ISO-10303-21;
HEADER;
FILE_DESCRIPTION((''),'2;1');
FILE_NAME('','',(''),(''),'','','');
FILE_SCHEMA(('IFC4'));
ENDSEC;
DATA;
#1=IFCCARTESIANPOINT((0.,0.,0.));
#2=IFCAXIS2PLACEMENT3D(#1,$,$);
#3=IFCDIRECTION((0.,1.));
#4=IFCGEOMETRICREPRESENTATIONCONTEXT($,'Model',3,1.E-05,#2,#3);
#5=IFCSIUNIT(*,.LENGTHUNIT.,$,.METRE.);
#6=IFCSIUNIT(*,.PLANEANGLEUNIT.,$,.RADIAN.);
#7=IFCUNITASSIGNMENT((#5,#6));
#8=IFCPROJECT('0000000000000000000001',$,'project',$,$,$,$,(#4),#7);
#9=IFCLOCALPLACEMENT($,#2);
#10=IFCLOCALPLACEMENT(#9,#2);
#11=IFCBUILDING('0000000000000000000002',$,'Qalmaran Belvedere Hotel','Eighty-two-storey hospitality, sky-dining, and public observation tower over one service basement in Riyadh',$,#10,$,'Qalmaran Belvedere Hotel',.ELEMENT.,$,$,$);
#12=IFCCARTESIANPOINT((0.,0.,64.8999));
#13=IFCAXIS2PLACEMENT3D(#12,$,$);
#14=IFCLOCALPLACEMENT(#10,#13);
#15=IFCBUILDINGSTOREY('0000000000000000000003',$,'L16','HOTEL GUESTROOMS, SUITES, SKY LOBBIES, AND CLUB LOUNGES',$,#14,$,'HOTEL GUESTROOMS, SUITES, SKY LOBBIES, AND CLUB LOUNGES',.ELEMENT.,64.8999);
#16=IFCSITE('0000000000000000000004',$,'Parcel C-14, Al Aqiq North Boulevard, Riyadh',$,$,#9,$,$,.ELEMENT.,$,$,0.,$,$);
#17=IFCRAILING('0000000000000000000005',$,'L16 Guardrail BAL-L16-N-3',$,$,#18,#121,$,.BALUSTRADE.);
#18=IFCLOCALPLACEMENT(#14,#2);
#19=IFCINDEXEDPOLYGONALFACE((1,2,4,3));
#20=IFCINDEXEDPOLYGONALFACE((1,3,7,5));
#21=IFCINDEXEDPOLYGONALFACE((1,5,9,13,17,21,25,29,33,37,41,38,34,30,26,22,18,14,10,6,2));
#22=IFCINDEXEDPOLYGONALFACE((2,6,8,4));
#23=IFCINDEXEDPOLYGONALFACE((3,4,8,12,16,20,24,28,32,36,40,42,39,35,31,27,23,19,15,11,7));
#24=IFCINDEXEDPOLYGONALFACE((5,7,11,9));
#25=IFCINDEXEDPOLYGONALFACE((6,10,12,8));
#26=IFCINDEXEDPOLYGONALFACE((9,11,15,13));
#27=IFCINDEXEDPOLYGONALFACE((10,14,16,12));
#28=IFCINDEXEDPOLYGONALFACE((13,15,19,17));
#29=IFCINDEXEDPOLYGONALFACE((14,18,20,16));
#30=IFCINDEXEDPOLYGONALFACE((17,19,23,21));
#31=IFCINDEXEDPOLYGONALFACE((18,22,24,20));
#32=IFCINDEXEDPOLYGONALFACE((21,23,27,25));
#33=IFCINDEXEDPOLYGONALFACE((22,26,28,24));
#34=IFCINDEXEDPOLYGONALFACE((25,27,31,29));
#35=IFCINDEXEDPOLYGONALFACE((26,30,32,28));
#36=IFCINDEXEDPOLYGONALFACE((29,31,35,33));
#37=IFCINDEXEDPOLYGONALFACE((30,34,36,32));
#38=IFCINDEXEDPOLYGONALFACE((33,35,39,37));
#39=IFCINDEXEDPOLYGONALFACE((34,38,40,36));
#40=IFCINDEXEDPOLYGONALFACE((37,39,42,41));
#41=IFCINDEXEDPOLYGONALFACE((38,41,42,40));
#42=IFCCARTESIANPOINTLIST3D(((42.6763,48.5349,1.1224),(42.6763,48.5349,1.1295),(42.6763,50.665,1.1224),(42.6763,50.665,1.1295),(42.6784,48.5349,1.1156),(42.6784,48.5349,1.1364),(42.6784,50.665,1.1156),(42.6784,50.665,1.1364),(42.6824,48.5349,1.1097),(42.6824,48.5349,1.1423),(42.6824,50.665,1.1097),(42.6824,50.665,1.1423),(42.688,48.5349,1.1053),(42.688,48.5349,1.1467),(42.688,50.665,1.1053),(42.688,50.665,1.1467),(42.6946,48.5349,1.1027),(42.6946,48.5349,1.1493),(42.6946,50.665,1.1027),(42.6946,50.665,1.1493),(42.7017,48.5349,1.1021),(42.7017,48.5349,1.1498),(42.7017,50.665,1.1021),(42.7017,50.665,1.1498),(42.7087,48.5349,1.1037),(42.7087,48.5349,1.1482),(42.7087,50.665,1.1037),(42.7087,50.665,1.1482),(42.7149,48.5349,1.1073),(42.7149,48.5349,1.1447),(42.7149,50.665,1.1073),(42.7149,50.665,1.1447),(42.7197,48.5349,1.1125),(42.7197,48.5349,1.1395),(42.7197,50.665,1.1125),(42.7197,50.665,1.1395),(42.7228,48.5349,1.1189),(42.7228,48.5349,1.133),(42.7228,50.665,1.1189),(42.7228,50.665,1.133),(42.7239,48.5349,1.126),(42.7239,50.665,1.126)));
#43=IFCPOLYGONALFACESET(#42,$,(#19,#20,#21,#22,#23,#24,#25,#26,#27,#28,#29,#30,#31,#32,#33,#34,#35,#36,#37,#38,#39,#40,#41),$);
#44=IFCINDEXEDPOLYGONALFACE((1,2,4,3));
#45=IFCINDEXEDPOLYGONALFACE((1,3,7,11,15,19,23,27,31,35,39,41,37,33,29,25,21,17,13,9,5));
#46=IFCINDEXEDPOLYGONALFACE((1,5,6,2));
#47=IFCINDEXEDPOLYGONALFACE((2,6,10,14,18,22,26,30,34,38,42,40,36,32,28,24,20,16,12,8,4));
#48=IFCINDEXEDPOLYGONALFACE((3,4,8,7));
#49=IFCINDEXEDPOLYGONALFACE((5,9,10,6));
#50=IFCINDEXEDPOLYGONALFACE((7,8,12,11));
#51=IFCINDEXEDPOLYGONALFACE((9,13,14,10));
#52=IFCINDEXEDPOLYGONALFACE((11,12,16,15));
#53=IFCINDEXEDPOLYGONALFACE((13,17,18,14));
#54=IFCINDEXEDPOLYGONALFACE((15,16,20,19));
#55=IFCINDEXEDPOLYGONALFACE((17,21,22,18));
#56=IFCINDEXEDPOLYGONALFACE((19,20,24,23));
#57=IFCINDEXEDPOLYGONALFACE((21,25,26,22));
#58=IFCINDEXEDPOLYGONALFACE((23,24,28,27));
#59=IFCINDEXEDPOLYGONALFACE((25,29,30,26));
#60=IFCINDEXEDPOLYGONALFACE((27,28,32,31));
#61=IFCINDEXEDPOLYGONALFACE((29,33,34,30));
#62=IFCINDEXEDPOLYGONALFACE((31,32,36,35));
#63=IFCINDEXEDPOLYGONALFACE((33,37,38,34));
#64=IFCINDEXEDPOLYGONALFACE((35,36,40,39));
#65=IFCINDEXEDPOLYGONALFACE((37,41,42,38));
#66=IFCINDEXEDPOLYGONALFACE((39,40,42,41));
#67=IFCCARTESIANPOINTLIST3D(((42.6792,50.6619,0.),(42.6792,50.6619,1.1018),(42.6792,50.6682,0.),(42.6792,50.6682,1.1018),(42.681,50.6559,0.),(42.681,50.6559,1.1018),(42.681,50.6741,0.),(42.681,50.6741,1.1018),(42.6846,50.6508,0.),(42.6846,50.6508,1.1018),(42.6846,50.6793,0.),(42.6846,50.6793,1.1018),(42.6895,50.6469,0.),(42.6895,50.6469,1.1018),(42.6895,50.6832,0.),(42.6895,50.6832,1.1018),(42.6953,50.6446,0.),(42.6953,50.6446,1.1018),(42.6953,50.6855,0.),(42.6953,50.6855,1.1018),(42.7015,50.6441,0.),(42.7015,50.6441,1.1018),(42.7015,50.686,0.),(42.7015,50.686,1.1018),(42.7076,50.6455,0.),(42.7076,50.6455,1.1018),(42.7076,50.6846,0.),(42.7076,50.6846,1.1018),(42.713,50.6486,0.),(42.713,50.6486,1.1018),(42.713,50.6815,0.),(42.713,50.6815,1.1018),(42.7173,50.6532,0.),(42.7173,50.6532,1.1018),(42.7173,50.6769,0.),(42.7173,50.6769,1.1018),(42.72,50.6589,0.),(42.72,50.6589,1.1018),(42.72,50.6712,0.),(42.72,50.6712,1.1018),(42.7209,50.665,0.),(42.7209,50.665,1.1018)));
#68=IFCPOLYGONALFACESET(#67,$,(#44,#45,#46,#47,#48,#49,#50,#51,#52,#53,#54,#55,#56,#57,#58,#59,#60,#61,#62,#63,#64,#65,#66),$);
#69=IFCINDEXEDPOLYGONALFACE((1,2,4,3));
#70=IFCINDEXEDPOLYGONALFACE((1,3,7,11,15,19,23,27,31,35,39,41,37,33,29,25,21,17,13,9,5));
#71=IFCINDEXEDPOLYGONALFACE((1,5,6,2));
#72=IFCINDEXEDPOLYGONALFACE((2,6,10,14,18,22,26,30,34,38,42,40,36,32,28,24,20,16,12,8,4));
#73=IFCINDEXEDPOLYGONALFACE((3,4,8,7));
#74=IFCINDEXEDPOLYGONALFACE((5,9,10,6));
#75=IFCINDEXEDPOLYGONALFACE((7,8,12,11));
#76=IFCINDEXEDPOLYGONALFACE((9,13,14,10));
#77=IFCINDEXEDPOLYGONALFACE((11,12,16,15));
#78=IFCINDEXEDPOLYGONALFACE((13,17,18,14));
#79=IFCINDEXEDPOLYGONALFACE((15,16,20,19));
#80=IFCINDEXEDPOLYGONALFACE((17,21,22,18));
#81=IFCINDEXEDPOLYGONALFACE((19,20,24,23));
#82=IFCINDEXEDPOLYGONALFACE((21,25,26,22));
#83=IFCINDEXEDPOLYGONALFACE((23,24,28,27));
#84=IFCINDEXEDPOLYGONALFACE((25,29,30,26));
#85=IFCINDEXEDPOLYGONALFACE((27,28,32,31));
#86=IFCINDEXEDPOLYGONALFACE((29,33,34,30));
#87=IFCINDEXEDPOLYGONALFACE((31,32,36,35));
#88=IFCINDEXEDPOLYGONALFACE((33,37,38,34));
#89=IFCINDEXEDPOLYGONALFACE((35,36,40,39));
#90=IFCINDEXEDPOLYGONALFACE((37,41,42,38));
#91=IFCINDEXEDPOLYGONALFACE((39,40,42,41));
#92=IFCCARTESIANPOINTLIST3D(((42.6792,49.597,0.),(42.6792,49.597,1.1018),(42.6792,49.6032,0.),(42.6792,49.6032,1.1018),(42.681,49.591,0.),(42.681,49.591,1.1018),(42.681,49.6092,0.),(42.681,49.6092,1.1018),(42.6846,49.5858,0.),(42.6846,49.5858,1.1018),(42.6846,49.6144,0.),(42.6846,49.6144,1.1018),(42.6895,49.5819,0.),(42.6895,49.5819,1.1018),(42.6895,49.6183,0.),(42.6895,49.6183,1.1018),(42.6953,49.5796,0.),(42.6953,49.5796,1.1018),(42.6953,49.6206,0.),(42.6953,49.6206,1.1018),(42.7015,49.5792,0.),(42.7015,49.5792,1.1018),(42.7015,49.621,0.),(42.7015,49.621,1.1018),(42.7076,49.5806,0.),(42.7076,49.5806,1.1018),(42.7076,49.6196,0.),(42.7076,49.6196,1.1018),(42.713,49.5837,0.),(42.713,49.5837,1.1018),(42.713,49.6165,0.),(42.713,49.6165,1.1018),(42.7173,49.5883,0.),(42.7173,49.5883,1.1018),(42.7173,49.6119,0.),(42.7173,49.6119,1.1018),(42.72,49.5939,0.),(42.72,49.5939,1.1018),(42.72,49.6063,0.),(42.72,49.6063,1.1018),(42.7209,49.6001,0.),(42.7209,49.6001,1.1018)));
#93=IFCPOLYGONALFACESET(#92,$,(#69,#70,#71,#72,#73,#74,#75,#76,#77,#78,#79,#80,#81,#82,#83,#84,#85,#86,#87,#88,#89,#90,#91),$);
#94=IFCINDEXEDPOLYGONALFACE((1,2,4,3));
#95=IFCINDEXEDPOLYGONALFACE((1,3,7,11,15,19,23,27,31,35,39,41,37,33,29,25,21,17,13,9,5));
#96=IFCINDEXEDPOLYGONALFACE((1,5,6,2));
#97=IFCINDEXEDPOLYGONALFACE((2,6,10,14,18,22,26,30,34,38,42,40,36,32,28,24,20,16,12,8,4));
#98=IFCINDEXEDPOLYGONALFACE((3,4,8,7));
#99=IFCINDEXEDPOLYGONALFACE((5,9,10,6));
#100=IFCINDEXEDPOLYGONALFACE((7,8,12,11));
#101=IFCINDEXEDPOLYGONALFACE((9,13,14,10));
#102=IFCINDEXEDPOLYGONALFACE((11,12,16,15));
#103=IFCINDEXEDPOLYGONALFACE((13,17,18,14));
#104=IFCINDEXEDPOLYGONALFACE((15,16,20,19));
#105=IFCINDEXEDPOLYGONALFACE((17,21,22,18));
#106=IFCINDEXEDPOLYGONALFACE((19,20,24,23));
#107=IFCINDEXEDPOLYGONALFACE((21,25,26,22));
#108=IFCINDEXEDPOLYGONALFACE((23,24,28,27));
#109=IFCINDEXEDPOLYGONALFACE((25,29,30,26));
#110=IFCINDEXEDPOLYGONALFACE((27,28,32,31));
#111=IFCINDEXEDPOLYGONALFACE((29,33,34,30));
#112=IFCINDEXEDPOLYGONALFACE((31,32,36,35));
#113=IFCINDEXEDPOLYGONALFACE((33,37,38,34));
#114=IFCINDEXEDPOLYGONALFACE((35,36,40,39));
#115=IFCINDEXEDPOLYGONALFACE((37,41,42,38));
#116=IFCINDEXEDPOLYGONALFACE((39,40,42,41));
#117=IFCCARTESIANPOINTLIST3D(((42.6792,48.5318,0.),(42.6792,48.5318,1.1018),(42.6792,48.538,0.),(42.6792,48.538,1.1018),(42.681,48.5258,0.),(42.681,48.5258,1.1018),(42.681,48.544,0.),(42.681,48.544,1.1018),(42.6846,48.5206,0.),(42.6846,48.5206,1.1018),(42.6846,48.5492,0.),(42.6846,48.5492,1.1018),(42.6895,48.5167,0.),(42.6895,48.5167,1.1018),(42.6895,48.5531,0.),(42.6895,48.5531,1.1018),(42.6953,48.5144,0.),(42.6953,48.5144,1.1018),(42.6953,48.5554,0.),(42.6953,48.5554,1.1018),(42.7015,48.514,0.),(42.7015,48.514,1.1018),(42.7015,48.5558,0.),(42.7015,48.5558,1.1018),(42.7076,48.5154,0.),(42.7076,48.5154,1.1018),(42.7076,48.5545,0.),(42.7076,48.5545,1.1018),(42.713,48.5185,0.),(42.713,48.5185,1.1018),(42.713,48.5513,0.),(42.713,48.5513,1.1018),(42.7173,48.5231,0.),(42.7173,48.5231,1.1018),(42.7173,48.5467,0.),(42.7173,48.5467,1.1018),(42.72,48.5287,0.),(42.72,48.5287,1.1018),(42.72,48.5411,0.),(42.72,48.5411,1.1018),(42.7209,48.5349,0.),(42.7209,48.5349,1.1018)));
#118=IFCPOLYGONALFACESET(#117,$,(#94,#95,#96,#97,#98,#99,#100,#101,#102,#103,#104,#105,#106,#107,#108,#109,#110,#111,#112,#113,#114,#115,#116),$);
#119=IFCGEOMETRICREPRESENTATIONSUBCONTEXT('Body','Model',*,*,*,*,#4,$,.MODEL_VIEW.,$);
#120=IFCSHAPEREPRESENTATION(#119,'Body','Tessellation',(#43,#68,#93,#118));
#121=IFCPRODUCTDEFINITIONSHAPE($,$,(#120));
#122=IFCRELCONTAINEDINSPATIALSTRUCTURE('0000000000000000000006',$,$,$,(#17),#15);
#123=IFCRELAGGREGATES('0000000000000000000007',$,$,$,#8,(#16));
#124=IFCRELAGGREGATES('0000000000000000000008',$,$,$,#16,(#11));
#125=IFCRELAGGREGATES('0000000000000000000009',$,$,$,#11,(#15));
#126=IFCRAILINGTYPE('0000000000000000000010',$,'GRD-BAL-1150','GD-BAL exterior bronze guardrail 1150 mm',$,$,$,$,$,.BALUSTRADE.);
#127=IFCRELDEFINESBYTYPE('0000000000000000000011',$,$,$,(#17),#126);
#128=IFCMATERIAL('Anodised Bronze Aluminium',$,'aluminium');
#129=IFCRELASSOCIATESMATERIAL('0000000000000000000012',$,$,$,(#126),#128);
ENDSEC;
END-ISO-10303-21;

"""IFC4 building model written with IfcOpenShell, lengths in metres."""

from ifc_helpers import new_model, si_unit, direction, frame, origin, origin_2d, place, context, subcontext, project, spatial, circle, extrude, material, type_object, element, save


model = new_model("IFC4")

# Units and contexts
model_context = context("Model", 3, precision=1e-05, world=origin(), true_north=direction((0.0, 1.0)))
body_context = subcontext(model_context, "Body", "Model", "MODEL_VIEW")
ifc_project = project(units=[si_unit("LENGTHUNIT", "METRE"), si_unit("PLANEANGLEUNIT", "RADIAN")], contexts=[model_context])

# Site, building, storey
site_placement = place(None, origin())
site = spatial("IfcSite", under=ifc_project, at=site_placement, Name="Parcel C-14, Al Aqiq North Boulevard, Riyadh", CompositionType="ELEMENT", RefElevation=0.0)
building_placement = place(site_placement, origin())
building = spatial("IfcBuilding", under=site, at=building_placement, Name="Qalmaran Belvedere Hotel", Description="Eighty-two-storey hospitality, sky-dining, and public observation tower over one service basement in Riyadh", LongName="Qalmaran Belvedere Hotel", CompositionType="ELEMENT")
storey_placement = place(building_placement, frame((0.0, 0.0, 64.8999)))
storey = spatial("IfcBuildingStorey", under=building, at=storey_placement, Name="L16", Description="HOTEL GUESTROOMS, SUITES, SKY LOBBIES, AND CLUB LOUNGES", LongName="HOTEL GUESTROOMS, SUITES, SKY LOBBIES, AND CLUB LOUNGES", CompositionType="ELEMENT", Elevation=64.8999)

# Shared definitions
ifc_material_1 = material(Name="Anodised Bronze Aluminium", Category="aluminium")

# Railing
railing_type = type_object("IfcRailingType", Name="GRD-BAL-1150", Description="GD-BAL exterior bronze guardrail 1150 mm", PredefinedType="BALUSTRADE", material=ifc_material_1)
railing_1_placement = place(storey_placement, frame((42.7, 50.665, 0.0)))
element("IfcRailing", 1, at=railing_1_placement, inside=storey, type_object=railing_type, Name="L16 Guardrail BAL-L16-N-3", PredefinedType="BALUSTRADE", context=body_context, shape_type="SweptSolid", body=[
    extrude(circle(Radius=0.0239, at=origin_2d()), frame((0.0, 0.0, 1.126), z_axis=(0.0, -1.0, 0.0), x_axis=(1.0, 0.0, 0.0)), (0.0, 0.0, 1.0), 2.1301),
    extrude(circle(Radius=0.021, at=origin_2d()), origin(), (0.0, 0.0, 1.0), 1.1018),
    extrude(circle(Radius=0.021, at=origin_2d()), frame((0.0, -1.0649, 0.0)), (0.0, 0.0, 1.0), 1.1018),
    extrude(circle(Radius=0.021, at=origin_2d()), frame((0.0, -2.1301, 0.0)), (0.0, 0.0, 1.0), 1.1018),
])

save(model, "model.ifc")
